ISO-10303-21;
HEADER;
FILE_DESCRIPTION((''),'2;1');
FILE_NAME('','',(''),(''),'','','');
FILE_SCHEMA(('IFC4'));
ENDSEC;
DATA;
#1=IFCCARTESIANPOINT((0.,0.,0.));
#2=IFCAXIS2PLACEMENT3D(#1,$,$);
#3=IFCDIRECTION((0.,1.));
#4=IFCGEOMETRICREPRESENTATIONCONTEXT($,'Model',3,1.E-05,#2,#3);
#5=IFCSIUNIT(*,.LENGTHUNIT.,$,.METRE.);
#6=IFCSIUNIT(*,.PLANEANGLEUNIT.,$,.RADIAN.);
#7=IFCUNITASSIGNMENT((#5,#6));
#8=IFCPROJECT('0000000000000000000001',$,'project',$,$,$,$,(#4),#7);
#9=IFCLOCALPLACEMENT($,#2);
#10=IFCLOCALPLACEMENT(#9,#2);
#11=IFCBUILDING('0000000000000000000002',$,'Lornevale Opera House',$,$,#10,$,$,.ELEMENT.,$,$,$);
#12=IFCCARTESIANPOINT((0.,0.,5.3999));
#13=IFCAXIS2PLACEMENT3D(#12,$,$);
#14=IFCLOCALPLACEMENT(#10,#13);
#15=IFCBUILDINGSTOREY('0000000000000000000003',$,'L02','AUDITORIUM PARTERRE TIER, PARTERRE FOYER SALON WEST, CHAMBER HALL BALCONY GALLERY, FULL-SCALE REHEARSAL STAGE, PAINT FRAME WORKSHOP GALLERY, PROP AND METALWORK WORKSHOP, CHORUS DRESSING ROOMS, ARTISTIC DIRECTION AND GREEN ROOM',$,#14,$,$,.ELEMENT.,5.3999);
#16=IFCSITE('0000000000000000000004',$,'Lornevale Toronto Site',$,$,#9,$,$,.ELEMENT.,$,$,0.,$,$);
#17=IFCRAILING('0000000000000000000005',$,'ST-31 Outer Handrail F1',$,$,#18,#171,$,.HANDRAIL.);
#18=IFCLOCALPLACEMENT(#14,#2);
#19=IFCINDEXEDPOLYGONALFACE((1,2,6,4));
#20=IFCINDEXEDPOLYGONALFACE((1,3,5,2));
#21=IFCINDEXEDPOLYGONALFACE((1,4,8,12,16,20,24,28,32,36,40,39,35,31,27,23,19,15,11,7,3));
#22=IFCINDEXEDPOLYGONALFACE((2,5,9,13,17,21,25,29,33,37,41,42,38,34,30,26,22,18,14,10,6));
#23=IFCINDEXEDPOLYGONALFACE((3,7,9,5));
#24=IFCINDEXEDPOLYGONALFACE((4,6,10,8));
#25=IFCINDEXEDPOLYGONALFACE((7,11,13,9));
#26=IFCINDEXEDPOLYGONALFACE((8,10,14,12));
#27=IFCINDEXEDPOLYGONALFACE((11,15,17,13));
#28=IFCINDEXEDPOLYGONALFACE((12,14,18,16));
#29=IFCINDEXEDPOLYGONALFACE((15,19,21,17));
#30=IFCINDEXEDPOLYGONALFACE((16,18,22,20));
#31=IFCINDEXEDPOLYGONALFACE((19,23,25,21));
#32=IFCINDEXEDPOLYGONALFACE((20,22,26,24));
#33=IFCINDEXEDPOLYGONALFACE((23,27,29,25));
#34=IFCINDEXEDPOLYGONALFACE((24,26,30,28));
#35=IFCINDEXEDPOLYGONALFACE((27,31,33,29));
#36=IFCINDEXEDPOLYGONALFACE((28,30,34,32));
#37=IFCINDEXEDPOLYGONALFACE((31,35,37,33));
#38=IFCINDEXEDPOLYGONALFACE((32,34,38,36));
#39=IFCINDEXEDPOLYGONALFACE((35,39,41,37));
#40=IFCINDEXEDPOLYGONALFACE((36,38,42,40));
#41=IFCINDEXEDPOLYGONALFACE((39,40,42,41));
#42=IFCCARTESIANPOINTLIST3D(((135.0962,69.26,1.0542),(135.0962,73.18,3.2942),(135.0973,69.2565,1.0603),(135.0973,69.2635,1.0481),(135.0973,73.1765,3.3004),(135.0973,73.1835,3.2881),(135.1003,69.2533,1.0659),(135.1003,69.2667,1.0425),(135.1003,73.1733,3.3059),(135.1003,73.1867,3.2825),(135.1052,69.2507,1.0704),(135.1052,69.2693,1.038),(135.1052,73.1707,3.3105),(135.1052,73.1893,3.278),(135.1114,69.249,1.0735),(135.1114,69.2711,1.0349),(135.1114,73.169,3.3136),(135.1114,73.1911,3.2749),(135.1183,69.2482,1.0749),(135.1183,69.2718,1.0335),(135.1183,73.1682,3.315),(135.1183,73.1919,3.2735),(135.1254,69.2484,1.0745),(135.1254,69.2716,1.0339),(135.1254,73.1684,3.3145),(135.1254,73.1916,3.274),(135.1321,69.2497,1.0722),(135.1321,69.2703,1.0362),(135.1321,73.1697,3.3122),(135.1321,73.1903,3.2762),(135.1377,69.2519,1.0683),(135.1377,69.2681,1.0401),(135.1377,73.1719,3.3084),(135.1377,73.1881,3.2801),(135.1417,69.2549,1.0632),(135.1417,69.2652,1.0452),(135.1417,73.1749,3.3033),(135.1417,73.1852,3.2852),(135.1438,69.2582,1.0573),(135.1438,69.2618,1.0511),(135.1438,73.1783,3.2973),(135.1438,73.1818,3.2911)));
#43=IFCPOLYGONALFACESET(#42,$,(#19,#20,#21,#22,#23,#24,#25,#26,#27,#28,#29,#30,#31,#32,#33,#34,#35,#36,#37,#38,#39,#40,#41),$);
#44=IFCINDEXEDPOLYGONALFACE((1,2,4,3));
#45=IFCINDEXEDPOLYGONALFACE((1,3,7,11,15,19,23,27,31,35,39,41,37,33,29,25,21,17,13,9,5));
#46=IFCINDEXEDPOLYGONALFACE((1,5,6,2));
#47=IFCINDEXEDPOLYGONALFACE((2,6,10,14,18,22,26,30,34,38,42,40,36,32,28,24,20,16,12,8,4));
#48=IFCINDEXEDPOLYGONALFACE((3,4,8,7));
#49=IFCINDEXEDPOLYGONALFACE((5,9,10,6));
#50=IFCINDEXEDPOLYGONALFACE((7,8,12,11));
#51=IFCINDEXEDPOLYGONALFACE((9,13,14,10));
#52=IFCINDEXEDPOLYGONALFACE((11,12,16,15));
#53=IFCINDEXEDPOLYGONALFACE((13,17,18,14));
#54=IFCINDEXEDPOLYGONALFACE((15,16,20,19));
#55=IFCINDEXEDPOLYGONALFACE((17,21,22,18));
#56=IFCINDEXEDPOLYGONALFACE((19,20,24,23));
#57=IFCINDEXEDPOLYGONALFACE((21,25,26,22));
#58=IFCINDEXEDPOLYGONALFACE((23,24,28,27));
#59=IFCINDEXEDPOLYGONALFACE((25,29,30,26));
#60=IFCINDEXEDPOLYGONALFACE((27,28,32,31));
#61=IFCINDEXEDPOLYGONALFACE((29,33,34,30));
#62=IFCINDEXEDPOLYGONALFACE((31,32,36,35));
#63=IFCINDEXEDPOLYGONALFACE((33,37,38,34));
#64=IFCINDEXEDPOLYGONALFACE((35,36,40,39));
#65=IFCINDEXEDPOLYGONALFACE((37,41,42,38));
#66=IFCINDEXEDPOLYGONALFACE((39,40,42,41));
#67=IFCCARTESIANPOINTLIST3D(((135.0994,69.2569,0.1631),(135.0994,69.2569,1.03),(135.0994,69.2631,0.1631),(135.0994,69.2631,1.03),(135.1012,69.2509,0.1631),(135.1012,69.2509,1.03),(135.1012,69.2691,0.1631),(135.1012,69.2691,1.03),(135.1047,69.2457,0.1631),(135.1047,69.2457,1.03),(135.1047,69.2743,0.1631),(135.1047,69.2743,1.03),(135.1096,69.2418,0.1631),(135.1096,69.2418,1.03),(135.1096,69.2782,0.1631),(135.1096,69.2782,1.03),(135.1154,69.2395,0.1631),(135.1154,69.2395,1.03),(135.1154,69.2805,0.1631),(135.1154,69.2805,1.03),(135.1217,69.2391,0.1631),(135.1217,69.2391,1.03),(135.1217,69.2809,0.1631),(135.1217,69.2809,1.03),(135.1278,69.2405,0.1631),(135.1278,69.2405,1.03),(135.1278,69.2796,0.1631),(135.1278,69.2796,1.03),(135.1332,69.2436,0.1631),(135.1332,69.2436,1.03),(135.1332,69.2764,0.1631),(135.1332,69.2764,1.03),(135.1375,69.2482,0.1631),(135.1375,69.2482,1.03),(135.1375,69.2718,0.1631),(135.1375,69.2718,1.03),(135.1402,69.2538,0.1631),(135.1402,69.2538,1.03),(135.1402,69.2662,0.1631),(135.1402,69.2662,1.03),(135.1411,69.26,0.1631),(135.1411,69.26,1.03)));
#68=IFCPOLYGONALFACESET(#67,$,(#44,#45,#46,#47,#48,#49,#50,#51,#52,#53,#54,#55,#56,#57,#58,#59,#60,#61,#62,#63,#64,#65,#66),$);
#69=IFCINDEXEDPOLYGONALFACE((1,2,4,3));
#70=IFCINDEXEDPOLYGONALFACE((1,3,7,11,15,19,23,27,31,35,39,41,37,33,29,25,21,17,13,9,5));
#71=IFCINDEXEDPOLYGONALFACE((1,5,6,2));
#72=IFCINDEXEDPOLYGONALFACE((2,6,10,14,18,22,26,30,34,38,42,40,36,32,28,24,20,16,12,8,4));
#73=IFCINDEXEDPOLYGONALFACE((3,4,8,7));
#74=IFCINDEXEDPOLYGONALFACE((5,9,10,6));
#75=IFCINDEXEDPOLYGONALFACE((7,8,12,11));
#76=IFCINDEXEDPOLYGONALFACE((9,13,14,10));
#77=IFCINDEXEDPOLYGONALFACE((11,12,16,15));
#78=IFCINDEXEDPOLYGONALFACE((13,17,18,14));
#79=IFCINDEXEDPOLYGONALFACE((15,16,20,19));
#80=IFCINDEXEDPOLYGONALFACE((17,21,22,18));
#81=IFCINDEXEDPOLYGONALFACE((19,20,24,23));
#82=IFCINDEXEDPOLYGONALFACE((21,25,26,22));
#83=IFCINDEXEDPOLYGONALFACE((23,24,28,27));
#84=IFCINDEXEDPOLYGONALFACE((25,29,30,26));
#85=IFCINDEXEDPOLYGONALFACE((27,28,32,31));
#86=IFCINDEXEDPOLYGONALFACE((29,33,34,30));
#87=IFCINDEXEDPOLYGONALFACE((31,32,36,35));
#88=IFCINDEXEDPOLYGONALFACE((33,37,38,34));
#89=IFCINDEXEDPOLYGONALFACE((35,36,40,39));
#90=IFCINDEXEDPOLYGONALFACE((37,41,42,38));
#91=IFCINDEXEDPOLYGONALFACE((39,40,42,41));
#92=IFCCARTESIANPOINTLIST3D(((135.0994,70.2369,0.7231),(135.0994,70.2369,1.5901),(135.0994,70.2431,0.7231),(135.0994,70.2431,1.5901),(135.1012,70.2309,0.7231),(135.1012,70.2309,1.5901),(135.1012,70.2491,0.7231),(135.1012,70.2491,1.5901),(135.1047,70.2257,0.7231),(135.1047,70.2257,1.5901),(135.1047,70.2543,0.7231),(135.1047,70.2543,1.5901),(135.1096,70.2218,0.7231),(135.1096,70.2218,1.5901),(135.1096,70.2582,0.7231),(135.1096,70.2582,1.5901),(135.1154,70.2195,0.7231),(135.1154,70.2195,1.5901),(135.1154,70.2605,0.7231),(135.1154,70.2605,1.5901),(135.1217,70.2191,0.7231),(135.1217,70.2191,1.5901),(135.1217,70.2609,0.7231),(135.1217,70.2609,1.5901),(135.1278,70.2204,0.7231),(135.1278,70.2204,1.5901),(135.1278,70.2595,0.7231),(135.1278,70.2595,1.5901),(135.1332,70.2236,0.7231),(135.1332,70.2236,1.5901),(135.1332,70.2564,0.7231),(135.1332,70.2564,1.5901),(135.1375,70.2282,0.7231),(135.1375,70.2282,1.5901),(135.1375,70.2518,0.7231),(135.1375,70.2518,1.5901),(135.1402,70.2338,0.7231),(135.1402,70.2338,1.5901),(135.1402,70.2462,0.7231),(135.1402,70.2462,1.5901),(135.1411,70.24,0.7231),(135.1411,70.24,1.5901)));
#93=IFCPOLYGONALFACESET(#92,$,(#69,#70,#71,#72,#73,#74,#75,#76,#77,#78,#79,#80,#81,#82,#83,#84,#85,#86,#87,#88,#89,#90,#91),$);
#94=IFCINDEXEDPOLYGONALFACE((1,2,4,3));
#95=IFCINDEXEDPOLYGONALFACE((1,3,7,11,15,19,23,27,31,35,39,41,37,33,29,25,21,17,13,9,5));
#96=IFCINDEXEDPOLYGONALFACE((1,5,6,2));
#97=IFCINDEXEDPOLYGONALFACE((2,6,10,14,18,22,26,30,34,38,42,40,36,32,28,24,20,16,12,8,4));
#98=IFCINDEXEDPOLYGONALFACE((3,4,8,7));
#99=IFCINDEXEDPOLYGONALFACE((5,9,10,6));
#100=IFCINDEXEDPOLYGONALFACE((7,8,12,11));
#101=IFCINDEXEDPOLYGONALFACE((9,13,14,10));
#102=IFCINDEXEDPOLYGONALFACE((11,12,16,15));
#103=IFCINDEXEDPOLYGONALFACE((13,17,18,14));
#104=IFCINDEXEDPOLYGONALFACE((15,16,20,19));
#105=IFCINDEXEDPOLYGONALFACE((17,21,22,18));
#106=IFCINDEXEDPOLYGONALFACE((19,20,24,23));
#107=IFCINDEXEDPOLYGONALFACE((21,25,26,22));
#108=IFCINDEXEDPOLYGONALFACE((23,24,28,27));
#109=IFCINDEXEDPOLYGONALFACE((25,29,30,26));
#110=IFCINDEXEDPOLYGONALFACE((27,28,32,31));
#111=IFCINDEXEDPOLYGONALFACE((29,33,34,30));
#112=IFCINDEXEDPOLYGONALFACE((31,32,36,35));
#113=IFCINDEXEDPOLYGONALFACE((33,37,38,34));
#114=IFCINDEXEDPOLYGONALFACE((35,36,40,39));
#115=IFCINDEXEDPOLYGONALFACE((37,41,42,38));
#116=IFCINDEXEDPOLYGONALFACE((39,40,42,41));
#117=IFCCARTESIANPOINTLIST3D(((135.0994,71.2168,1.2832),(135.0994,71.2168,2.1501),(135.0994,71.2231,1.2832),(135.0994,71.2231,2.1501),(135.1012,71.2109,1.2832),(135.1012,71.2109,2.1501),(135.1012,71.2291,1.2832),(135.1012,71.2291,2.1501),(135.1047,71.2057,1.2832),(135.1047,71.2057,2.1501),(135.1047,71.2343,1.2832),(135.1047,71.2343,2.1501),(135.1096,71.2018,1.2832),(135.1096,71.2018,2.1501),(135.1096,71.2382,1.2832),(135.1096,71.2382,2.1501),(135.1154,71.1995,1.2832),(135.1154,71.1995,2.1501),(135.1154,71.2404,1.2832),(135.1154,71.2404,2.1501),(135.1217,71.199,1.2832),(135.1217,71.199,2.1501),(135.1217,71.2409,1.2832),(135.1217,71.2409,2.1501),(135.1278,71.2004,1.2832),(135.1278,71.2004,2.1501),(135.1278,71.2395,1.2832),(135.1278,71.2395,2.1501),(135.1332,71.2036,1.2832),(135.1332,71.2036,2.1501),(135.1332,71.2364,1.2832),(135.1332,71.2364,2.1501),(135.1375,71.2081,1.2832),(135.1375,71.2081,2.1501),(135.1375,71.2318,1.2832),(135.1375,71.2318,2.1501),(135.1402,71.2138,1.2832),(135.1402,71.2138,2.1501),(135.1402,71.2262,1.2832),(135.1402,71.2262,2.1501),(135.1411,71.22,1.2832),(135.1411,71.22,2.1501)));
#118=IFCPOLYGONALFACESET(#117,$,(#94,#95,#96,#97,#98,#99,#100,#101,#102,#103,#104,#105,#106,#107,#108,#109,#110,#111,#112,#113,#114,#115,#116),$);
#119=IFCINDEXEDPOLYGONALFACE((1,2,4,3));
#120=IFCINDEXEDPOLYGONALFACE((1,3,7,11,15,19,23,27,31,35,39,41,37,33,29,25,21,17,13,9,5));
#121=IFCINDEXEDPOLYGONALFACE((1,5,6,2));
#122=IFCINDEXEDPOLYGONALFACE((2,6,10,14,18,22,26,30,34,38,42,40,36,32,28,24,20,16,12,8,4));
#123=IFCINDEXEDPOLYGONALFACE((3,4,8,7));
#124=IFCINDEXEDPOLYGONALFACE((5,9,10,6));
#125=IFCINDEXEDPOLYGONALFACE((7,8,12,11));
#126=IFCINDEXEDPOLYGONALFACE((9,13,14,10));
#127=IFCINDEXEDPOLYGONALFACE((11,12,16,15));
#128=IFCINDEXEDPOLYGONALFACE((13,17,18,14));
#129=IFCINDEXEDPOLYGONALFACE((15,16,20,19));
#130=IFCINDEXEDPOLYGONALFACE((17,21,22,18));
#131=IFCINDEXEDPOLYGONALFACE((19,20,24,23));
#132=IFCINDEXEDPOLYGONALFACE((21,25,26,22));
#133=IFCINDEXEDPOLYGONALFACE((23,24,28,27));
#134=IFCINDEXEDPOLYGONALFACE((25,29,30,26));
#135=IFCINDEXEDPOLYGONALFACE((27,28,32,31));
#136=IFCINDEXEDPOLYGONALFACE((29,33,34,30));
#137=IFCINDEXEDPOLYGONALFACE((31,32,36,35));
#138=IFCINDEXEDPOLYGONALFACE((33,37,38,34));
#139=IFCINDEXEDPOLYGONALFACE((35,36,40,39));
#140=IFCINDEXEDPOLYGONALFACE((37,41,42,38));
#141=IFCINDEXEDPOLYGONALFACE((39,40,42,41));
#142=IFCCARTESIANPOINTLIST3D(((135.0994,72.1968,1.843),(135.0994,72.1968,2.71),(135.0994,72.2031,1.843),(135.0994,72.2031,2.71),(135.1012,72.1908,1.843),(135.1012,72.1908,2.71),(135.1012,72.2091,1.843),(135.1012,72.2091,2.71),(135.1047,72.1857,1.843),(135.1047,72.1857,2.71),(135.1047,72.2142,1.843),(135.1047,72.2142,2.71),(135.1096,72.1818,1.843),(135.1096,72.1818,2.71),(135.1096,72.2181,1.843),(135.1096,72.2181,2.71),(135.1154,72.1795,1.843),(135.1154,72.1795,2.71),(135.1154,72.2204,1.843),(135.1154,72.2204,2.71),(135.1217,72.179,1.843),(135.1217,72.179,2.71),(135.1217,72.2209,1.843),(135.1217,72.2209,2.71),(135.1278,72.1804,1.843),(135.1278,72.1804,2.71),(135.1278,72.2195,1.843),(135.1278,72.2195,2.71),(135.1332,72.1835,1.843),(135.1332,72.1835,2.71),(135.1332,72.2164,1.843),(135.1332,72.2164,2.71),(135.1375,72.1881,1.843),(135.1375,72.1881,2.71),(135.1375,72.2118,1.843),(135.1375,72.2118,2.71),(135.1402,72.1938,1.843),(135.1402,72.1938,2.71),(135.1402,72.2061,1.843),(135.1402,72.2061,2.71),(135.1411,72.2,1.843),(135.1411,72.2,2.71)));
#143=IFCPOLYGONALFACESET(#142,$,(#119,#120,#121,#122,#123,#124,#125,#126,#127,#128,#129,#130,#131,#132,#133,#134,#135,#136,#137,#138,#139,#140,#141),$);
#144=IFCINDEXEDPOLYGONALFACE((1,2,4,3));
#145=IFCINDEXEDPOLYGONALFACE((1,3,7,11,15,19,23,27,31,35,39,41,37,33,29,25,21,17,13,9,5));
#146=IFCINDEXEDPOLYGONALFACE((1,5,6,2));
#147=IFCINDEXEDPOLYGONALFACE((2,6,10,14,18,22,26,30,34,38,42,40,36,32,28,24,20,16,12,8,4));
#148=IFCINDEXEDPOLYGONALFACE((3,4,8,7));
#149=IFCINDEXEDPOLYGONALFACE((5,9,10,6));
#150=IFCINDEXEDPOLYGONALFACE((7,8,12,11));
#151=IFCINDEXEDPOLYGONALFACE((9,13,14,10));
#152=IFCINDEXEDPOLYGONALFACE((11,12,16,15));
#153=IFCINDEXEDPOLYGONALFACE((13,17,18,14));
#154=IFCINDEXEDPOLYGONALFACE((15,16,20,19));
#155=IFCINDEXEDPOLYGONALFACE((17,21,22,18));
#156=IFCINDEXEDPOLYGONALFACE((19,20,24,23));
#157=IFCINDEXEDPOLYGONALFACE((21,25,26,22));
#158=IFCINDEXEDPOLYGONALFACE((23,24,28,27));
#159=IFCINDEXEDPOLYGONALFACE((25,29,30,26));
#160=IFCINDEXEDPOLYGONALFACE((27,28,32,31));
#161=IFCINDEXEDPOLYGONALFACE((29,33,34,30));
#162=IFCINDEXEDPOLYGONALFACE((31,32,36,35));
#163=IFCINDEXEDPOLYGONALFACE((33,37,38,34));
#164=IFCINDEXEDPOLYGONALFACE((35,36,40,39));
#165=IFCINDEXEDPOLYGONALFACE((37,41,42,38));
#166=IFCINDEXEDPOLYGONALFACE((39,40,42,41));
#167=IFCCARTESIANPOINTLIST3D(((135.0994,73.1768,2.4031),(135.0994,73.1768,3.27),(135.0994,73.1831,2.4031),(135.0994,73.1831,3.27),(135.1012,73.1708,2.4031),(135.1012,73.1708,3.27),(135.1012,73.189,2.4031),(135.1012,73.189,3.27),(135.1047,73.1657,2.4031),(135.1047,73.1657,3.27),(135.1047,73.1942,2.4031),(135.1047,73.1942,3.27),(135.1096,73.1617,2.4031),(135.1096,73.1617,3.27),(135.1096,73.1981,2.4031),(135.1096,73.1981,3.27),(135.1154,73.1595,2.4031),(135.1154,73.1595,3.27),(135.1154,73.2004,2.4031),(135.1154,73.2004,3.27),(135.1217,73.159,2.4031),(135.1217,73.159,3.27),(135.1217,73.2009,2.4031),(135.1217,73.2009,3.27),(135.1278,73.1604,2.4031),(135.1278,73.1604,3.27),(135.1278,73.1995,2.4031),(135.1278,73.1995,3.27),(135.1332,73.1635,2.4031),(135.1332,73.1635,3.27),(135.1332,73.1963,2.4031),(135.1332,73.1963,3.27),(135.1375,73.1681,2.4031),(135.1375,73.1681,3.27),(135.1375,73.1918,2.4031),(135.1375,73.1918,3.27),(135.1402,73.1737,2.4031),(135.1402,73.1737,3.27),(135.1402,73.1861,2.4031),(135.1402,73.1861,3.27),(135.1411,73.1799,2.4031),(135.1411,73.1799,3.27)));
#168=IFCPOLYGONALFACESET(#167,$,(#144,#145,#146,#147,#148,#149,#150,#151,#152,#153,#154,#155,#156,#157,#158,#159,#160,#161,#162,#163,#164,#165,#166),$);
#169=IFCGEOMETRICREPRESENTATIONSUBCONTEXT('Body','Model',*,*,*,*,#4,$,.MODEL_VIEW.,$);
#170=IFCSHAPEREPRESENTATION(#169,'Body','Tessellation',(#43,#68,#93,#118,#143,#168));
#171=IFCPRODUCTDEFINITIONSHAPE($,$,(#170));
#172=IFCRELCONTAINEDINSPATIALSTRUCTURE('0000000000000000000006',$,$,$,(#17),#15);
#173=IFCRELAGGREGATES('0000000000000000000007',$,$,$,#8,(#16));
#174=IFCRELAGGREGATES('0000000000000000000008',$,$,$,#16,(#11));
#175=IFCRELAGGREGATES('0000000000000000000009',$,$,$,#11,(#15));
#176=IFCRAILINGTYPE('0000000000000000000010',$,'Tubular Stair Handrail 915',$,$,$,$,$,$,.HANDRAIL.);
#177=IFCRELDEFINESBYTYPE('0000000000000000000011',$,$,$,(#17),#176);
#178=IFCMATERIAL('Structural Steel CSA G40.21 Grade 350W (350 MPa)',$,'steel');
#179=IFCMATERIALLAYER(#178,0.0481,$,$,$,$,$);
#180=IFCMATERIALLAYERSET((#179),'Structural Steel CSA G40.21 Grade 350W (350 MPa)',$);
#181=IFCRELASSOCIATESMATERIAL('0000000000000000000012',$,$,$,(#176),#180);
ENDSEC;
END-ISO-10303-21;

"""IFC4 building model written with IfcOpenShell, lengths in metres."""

from ifc_helpers import new_model, si_unit, direction, frame, origin, origin_2d, place, context, subcontext, project, spatial, circle, extrude, material, layer, layer_set, type_object, element, save


model = new_model("IFC4")

# Units and contexts
model_context = context("Model", 3, precision=1e-05, world=origin(), true_north=direction((0.0, 1.0)))
body_context = subcontext(model_context, "Body", "Model", "MODEL_VIEW")
ifc_project = project(units=[si_unit("LENGTHUNIT", "METRE"), si_unit("PLANEANGLEUNIT", "RADIAN")], contexts=[model_context])

# Site, building, storey
site_placement = place(None, origin())
site = spatial("IfcSite", under=ifc_project, at=site_placement, Name="Lornevale Toronto Site", CompositionType="ELEMENT", RefElevation=0.0)
building_placement = place(site_placement, origin())
building = spatial("IfcBuilding", under=site, at=building_placement, Name="Lornevale Opera House", CompositionType="ELEMENT")
storey_placement = place(building_placement, frame((0.0, 0.0, 5.3999)))
storey = spatial("IfcBuildingStorey", under=building, at=storey_placement, Name="L02", Description="AUDITORIUM PARTERRE TIER, PARTERRE FOYER SALON WEST, CHAMBER HALL BALCONY GALLERY, FULL-SCALE REHEARSAL STAGE, PAINT FRAME WORKSHOP GALLERY, PROP AND METALWORK WORKSHOP, CHORUS DRESSING ROOMS, ARTISTIC DIRECTION AND GREEN ROOM", CompositionType="ELEMENT", Elevation=5.3999)

# Shared definitions
ifc_material_1 = material(Name="Structural Steel CSA G40.21 Grade 350W (350 MPa)", Category="steel")

# Railing
ifc_layer_1 = layer(ifc_material_1, 0.0481)
ifc_layer_set_1 = layer_set([ifc_layer_1], Name="Structural Steel CSA G40.21 Grade 350W (350 MPa)")
railing_type_1 = type_object("IfcRailingType", Name="Tubular Stair Handrail 915", PredefinedType="HANDRAIL", material=ifc_layer_set_1)
railing_1_placement = place(storey_placement, frame((135.1201, 69.26, 0.1631)))
element("IfcRailing", 1, at=railing_1_placement, inside=storey, type_object=railing_type_1, Name="ST-31 Outer Handrail F1", PredefinedType="HANDRAIL", context=body_context, shape_type="SweptSolid", body=[
    extrude(circle(Radius=0.0239, at=origin_2d()), frame((0.0, 0.0, 0.8911), z_axis=(0.0, 0.86824, 0.496145), x_axis=(-1.0, 0.0, 0.0)), (0.0, 0.0, 1.0), 4.5149),
    extrude(circle(Radius=0.021, at=origin_2d()), origin(), (0.0, 0.0, 1.0), 0.8669),
    extrude(circle(Radius=0.021, at=origin_2d()), frame((0.0, 0.98, 0.5601)), (0.0, 0.0, 1.0), 0.8669),
    extrude(circle(Radius=0.021, at=origin_2d()), frame((0.0, 1.96, 1.1201)), (0.0, 0.0, 1.0), 0.8669),
    extrude(circle(Radius=0.021, at=origin_2d()), frame((0.0, 2.9399, 1.6799)), (0.0, 0.0, 1.0), 0.8669),
    extrude(circle(Radius=0.021, at=origin_2d()), frame((0.0, 3.9199, 2.24)), (0.0, 0.0, 1.0), 0.8669),
])

save(model, "model.ifc")
